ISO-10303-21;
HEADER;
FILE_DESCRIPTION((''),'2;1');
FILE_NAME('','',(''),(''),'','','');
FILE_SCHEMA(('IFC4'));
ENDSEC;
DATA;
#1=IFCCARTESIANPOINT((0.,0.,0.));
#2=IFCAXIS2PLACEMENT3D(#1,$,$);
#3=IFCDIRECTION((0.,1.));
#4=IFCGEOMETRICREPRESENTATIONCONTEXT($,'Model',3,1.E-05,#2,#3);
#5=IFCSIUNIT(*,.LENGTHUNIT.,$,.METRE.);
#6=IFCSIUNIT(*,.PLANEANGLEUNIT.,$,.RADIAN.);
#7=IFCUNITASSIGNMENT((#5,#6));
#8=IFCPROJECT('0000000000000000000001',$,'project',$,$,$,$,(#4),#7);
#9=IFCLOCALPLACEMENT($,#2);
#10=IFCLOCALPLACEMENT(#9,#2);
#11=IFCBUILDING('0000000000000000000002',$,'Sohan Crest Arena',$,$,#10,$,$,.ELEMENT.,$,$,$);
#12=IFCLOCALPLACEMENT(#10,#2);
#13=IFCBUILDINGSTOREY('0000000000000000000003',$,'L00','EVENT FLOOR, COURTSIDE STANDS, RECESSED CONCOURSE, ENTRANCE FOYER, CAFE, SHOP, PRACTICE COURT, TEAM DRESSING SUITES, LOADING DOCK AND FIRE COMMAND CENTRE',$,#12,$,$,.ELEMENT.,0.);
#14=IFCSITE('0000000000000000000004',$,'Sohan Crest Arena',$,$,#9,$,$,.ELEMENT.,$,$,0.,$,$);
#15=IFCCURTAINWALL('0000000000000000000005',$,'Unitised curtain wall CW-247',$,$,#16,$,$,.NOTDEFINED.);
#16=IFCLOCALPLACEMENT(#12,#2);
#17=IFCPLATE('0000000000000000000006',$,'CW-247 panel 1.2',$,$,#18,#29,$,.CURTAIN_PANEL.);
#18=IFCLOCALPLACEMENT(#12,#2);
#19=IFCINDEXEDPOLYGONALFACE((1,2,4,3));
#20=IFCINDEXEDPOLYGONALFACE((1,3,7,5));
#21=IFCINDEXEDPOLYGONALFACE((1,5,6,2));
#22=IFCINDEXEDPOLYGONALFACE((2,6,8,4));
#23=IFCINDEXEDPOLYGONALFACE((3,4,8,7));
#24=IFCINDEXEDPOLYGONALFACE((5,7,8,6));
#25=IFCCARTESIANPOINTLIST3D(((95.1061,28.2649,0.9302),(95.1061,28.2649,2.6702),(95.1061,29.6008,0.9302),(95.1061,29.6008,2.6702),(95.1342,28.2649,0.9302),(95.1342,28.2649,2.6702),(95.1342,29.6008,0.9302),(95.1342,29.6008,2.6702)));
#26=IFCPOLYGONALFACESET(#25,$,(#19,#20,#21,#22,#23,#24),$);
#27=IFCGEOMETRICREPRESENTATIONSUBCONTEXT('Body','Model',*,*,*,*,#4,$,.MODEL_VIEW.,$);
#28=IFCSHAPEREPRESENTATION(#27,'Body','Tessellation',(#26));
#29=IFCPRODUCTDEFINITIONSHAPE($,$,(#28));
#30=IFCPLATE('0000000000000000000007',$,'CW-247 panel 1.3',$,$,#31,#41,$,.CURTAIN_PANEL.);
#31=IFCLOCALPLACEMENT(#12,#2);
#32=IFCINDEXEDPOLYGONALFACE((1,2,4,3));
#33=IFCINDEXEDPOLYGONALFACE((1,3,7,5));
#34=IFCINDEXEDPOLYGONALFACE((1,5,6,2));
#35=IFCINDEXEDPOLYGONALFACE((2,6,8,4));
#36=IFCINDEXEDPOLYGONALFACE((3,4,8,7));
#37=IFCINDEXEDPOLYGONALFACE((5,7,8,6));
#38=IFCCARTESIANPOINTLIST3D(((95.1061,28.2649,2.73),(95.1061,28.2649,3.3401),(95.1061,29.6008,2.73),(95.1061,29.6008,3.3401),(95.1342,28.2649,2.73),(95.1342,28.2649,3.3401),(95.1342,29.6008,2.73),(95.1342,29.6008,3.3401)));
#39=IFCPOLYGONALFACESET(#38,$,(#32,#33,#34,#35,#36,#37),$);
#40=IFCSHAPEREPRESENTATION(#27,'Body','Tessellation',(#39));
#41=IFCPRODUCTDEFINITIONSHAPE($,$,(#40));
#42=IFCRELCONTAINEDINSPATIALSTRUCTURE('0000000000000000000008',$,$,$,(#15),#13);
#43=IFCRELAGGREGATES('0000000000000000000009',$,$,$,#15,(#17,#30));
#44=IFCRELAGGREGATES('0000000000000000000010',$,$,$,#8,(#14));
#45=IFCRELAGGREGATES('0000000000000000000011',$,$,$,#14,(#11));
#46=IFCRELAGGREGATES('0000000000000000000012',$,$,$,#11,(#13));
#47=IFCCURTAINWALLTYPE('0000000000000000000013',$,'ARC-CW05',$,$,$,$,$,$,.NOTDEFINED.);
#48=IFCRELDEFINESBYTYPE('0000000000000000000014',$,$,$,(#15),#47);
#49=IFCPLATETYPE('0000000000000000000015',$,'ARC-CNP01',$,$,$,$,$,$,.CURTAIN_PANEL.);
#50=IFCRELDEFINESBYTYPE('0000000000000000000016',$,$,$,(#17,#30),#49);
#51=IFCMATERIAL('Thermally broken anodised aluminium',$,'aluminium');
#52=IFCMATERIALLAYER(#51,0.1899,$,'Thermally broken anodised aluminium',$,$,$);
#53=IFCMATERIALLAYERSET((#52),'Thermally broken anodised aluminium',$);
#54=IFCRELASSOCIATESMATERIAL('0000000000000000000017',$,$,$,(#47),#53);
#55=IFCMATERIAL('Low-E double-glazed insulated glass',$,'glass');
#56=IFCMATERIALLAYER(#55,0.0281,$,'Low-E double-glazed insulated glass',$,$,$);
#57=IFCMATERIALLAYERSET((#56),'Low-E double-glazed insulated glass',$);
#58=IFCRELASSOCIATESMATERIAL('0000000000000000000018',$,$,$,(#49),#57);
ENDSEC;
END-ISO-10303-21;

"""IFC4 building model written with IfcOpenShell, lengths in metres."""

from ifc_helpers import new_model, si_unit, direction, frame, origin, origin_2d, place, context, subcontext, project, spatial, rectangle, extrude, material, layer, layer_set, type_object, element, aggregate, save


model = new_model("IFC4")

# Units and contexts
model_context = context("Model", 3, precision=1e-05, world=origin(), true_north=direction((0.0, 1.0)))
body_context = subcontext(model_context, "Body", "Model", "MODEL_VIEW")
ifc_project = project(units=[si_unit("LENGTHUNIT", "METRE"), si_unit("PLANEANGLEUNIT", "RADIAN")], contexts=[model_context])

# Site, building, storey
site_placement = place(None, origin())
site = spatial("IfcSite", under=ifc_project, at=site_placement, Name="Sohan Crest Arena", CompositionType="ELEMENT", RefElevation=0.0)
building_placement = place(site_placement, origin())
building = spatial("IfcBuilding", under=site, at=building_placement, Name="Sohan Crest Arena", CompositionType="ELEMENT")
storey_placement = place(building_placement, origin())
storey = spatial("IfcBuildingStorey", under=building, at=storey_placement, Name="L00", Description="EVENT FLOOR, COURTSIDE STANDS, RECESSED CONCOURSE, ENTRANCE FOYER, CAFE, SHOP, PRACTICE COURT, TEAM DRESSING SUITES, LOADING DOCK AND FIRE COMMAND CENTRE", CompositionType="ELEMENT", Elevation=0.0)

# Curtain wall
ifc_material_1 = material(Name="Thermally broken anodised aluminium", Category="aluminium")
ifc_layer_1 = layer(ifc_material_1, 0.1899, Name="Thermally broken anodised aluminium")
ifc_layer_set_1 = layer_set([ifc_layer_1], Name="Thermally broken anodised aluminium")
curtain_wall_type_1 = type_object("IfcCurtainWallType", Name="ARC-CW05", PredefinedType="NOTDEFINED", material=ifc_layer_set_1)
curtain_wall_1_placement = place(storey_placement, origin())
curtain_wall_1 = element("IfcCurtainWall", 1, at=curtain_wall_1_placement, inside=storey, type_object=curtain_wall_type_1, Name="Unitised curtain wall CW-247", PredefinedType="NOTDEFINED")

# Plates
ifc_material_2 = material(Name="Low-E double-glazed insulated glass", Category="glass")
ifc_layer_2 = layer(ifc_material_2, 0.0281, Name="Low-E double-glazed insulated glass")
ifc_layer_set_2 = layer_set([ifc_layer_2], Name="Low-E double-glazed insulated glass")
plate_type = type_object("IfcPlateType", Name="ARC-CNP01", PredefinedType="CURTAIN_PANEL", material=ifc_layer_set_2)
plate_1_placement = place(storey_placement, frame((95.1201, 28.9329, 0.9302), z_axis=(0.0, 0.0, 1.0), x_axis=(0.0, 1.0, 0.0)))
plate_1 = element("IfcPlate", 2, at=plate_1_placement, type_object=plate_type, Name="CW-247 panel 1.2", PredefinedType="CURTAIN_PANEL", context=body_context, shape_type="SweptSolid", body=[
    extrude(rectangle(XDim=1.3359, YDim=0.0281, at=origin_2d()), origin(), (0.0, 0.0, 1.0), 1.74),
])
plate_2_placement = place(storey_placement, frame((95.1201, 28.9329, 2.73), z_axis=(0.0, 0.0, 1.0), x_axis=(0.0, 1.0, 0.0)))
plate_2 = element("IfcPlate", 3, at=plate_2_placement, type_object=plate_type, Name="CW-247 panel 1.3", PredefinedType="CURTAIN_PANEL", context=body_context, shape_type="SweptSolid", body=[
    extrude(rectangle(XDim=1.3359, YDim=0.0281, at=origin_2d()), origin(), (0.0, 0.0, 1.0), 0.6101),
])
aggregate(curtain_wall_1, [plate_1, plate_2])

save(model, "model.ifc")
